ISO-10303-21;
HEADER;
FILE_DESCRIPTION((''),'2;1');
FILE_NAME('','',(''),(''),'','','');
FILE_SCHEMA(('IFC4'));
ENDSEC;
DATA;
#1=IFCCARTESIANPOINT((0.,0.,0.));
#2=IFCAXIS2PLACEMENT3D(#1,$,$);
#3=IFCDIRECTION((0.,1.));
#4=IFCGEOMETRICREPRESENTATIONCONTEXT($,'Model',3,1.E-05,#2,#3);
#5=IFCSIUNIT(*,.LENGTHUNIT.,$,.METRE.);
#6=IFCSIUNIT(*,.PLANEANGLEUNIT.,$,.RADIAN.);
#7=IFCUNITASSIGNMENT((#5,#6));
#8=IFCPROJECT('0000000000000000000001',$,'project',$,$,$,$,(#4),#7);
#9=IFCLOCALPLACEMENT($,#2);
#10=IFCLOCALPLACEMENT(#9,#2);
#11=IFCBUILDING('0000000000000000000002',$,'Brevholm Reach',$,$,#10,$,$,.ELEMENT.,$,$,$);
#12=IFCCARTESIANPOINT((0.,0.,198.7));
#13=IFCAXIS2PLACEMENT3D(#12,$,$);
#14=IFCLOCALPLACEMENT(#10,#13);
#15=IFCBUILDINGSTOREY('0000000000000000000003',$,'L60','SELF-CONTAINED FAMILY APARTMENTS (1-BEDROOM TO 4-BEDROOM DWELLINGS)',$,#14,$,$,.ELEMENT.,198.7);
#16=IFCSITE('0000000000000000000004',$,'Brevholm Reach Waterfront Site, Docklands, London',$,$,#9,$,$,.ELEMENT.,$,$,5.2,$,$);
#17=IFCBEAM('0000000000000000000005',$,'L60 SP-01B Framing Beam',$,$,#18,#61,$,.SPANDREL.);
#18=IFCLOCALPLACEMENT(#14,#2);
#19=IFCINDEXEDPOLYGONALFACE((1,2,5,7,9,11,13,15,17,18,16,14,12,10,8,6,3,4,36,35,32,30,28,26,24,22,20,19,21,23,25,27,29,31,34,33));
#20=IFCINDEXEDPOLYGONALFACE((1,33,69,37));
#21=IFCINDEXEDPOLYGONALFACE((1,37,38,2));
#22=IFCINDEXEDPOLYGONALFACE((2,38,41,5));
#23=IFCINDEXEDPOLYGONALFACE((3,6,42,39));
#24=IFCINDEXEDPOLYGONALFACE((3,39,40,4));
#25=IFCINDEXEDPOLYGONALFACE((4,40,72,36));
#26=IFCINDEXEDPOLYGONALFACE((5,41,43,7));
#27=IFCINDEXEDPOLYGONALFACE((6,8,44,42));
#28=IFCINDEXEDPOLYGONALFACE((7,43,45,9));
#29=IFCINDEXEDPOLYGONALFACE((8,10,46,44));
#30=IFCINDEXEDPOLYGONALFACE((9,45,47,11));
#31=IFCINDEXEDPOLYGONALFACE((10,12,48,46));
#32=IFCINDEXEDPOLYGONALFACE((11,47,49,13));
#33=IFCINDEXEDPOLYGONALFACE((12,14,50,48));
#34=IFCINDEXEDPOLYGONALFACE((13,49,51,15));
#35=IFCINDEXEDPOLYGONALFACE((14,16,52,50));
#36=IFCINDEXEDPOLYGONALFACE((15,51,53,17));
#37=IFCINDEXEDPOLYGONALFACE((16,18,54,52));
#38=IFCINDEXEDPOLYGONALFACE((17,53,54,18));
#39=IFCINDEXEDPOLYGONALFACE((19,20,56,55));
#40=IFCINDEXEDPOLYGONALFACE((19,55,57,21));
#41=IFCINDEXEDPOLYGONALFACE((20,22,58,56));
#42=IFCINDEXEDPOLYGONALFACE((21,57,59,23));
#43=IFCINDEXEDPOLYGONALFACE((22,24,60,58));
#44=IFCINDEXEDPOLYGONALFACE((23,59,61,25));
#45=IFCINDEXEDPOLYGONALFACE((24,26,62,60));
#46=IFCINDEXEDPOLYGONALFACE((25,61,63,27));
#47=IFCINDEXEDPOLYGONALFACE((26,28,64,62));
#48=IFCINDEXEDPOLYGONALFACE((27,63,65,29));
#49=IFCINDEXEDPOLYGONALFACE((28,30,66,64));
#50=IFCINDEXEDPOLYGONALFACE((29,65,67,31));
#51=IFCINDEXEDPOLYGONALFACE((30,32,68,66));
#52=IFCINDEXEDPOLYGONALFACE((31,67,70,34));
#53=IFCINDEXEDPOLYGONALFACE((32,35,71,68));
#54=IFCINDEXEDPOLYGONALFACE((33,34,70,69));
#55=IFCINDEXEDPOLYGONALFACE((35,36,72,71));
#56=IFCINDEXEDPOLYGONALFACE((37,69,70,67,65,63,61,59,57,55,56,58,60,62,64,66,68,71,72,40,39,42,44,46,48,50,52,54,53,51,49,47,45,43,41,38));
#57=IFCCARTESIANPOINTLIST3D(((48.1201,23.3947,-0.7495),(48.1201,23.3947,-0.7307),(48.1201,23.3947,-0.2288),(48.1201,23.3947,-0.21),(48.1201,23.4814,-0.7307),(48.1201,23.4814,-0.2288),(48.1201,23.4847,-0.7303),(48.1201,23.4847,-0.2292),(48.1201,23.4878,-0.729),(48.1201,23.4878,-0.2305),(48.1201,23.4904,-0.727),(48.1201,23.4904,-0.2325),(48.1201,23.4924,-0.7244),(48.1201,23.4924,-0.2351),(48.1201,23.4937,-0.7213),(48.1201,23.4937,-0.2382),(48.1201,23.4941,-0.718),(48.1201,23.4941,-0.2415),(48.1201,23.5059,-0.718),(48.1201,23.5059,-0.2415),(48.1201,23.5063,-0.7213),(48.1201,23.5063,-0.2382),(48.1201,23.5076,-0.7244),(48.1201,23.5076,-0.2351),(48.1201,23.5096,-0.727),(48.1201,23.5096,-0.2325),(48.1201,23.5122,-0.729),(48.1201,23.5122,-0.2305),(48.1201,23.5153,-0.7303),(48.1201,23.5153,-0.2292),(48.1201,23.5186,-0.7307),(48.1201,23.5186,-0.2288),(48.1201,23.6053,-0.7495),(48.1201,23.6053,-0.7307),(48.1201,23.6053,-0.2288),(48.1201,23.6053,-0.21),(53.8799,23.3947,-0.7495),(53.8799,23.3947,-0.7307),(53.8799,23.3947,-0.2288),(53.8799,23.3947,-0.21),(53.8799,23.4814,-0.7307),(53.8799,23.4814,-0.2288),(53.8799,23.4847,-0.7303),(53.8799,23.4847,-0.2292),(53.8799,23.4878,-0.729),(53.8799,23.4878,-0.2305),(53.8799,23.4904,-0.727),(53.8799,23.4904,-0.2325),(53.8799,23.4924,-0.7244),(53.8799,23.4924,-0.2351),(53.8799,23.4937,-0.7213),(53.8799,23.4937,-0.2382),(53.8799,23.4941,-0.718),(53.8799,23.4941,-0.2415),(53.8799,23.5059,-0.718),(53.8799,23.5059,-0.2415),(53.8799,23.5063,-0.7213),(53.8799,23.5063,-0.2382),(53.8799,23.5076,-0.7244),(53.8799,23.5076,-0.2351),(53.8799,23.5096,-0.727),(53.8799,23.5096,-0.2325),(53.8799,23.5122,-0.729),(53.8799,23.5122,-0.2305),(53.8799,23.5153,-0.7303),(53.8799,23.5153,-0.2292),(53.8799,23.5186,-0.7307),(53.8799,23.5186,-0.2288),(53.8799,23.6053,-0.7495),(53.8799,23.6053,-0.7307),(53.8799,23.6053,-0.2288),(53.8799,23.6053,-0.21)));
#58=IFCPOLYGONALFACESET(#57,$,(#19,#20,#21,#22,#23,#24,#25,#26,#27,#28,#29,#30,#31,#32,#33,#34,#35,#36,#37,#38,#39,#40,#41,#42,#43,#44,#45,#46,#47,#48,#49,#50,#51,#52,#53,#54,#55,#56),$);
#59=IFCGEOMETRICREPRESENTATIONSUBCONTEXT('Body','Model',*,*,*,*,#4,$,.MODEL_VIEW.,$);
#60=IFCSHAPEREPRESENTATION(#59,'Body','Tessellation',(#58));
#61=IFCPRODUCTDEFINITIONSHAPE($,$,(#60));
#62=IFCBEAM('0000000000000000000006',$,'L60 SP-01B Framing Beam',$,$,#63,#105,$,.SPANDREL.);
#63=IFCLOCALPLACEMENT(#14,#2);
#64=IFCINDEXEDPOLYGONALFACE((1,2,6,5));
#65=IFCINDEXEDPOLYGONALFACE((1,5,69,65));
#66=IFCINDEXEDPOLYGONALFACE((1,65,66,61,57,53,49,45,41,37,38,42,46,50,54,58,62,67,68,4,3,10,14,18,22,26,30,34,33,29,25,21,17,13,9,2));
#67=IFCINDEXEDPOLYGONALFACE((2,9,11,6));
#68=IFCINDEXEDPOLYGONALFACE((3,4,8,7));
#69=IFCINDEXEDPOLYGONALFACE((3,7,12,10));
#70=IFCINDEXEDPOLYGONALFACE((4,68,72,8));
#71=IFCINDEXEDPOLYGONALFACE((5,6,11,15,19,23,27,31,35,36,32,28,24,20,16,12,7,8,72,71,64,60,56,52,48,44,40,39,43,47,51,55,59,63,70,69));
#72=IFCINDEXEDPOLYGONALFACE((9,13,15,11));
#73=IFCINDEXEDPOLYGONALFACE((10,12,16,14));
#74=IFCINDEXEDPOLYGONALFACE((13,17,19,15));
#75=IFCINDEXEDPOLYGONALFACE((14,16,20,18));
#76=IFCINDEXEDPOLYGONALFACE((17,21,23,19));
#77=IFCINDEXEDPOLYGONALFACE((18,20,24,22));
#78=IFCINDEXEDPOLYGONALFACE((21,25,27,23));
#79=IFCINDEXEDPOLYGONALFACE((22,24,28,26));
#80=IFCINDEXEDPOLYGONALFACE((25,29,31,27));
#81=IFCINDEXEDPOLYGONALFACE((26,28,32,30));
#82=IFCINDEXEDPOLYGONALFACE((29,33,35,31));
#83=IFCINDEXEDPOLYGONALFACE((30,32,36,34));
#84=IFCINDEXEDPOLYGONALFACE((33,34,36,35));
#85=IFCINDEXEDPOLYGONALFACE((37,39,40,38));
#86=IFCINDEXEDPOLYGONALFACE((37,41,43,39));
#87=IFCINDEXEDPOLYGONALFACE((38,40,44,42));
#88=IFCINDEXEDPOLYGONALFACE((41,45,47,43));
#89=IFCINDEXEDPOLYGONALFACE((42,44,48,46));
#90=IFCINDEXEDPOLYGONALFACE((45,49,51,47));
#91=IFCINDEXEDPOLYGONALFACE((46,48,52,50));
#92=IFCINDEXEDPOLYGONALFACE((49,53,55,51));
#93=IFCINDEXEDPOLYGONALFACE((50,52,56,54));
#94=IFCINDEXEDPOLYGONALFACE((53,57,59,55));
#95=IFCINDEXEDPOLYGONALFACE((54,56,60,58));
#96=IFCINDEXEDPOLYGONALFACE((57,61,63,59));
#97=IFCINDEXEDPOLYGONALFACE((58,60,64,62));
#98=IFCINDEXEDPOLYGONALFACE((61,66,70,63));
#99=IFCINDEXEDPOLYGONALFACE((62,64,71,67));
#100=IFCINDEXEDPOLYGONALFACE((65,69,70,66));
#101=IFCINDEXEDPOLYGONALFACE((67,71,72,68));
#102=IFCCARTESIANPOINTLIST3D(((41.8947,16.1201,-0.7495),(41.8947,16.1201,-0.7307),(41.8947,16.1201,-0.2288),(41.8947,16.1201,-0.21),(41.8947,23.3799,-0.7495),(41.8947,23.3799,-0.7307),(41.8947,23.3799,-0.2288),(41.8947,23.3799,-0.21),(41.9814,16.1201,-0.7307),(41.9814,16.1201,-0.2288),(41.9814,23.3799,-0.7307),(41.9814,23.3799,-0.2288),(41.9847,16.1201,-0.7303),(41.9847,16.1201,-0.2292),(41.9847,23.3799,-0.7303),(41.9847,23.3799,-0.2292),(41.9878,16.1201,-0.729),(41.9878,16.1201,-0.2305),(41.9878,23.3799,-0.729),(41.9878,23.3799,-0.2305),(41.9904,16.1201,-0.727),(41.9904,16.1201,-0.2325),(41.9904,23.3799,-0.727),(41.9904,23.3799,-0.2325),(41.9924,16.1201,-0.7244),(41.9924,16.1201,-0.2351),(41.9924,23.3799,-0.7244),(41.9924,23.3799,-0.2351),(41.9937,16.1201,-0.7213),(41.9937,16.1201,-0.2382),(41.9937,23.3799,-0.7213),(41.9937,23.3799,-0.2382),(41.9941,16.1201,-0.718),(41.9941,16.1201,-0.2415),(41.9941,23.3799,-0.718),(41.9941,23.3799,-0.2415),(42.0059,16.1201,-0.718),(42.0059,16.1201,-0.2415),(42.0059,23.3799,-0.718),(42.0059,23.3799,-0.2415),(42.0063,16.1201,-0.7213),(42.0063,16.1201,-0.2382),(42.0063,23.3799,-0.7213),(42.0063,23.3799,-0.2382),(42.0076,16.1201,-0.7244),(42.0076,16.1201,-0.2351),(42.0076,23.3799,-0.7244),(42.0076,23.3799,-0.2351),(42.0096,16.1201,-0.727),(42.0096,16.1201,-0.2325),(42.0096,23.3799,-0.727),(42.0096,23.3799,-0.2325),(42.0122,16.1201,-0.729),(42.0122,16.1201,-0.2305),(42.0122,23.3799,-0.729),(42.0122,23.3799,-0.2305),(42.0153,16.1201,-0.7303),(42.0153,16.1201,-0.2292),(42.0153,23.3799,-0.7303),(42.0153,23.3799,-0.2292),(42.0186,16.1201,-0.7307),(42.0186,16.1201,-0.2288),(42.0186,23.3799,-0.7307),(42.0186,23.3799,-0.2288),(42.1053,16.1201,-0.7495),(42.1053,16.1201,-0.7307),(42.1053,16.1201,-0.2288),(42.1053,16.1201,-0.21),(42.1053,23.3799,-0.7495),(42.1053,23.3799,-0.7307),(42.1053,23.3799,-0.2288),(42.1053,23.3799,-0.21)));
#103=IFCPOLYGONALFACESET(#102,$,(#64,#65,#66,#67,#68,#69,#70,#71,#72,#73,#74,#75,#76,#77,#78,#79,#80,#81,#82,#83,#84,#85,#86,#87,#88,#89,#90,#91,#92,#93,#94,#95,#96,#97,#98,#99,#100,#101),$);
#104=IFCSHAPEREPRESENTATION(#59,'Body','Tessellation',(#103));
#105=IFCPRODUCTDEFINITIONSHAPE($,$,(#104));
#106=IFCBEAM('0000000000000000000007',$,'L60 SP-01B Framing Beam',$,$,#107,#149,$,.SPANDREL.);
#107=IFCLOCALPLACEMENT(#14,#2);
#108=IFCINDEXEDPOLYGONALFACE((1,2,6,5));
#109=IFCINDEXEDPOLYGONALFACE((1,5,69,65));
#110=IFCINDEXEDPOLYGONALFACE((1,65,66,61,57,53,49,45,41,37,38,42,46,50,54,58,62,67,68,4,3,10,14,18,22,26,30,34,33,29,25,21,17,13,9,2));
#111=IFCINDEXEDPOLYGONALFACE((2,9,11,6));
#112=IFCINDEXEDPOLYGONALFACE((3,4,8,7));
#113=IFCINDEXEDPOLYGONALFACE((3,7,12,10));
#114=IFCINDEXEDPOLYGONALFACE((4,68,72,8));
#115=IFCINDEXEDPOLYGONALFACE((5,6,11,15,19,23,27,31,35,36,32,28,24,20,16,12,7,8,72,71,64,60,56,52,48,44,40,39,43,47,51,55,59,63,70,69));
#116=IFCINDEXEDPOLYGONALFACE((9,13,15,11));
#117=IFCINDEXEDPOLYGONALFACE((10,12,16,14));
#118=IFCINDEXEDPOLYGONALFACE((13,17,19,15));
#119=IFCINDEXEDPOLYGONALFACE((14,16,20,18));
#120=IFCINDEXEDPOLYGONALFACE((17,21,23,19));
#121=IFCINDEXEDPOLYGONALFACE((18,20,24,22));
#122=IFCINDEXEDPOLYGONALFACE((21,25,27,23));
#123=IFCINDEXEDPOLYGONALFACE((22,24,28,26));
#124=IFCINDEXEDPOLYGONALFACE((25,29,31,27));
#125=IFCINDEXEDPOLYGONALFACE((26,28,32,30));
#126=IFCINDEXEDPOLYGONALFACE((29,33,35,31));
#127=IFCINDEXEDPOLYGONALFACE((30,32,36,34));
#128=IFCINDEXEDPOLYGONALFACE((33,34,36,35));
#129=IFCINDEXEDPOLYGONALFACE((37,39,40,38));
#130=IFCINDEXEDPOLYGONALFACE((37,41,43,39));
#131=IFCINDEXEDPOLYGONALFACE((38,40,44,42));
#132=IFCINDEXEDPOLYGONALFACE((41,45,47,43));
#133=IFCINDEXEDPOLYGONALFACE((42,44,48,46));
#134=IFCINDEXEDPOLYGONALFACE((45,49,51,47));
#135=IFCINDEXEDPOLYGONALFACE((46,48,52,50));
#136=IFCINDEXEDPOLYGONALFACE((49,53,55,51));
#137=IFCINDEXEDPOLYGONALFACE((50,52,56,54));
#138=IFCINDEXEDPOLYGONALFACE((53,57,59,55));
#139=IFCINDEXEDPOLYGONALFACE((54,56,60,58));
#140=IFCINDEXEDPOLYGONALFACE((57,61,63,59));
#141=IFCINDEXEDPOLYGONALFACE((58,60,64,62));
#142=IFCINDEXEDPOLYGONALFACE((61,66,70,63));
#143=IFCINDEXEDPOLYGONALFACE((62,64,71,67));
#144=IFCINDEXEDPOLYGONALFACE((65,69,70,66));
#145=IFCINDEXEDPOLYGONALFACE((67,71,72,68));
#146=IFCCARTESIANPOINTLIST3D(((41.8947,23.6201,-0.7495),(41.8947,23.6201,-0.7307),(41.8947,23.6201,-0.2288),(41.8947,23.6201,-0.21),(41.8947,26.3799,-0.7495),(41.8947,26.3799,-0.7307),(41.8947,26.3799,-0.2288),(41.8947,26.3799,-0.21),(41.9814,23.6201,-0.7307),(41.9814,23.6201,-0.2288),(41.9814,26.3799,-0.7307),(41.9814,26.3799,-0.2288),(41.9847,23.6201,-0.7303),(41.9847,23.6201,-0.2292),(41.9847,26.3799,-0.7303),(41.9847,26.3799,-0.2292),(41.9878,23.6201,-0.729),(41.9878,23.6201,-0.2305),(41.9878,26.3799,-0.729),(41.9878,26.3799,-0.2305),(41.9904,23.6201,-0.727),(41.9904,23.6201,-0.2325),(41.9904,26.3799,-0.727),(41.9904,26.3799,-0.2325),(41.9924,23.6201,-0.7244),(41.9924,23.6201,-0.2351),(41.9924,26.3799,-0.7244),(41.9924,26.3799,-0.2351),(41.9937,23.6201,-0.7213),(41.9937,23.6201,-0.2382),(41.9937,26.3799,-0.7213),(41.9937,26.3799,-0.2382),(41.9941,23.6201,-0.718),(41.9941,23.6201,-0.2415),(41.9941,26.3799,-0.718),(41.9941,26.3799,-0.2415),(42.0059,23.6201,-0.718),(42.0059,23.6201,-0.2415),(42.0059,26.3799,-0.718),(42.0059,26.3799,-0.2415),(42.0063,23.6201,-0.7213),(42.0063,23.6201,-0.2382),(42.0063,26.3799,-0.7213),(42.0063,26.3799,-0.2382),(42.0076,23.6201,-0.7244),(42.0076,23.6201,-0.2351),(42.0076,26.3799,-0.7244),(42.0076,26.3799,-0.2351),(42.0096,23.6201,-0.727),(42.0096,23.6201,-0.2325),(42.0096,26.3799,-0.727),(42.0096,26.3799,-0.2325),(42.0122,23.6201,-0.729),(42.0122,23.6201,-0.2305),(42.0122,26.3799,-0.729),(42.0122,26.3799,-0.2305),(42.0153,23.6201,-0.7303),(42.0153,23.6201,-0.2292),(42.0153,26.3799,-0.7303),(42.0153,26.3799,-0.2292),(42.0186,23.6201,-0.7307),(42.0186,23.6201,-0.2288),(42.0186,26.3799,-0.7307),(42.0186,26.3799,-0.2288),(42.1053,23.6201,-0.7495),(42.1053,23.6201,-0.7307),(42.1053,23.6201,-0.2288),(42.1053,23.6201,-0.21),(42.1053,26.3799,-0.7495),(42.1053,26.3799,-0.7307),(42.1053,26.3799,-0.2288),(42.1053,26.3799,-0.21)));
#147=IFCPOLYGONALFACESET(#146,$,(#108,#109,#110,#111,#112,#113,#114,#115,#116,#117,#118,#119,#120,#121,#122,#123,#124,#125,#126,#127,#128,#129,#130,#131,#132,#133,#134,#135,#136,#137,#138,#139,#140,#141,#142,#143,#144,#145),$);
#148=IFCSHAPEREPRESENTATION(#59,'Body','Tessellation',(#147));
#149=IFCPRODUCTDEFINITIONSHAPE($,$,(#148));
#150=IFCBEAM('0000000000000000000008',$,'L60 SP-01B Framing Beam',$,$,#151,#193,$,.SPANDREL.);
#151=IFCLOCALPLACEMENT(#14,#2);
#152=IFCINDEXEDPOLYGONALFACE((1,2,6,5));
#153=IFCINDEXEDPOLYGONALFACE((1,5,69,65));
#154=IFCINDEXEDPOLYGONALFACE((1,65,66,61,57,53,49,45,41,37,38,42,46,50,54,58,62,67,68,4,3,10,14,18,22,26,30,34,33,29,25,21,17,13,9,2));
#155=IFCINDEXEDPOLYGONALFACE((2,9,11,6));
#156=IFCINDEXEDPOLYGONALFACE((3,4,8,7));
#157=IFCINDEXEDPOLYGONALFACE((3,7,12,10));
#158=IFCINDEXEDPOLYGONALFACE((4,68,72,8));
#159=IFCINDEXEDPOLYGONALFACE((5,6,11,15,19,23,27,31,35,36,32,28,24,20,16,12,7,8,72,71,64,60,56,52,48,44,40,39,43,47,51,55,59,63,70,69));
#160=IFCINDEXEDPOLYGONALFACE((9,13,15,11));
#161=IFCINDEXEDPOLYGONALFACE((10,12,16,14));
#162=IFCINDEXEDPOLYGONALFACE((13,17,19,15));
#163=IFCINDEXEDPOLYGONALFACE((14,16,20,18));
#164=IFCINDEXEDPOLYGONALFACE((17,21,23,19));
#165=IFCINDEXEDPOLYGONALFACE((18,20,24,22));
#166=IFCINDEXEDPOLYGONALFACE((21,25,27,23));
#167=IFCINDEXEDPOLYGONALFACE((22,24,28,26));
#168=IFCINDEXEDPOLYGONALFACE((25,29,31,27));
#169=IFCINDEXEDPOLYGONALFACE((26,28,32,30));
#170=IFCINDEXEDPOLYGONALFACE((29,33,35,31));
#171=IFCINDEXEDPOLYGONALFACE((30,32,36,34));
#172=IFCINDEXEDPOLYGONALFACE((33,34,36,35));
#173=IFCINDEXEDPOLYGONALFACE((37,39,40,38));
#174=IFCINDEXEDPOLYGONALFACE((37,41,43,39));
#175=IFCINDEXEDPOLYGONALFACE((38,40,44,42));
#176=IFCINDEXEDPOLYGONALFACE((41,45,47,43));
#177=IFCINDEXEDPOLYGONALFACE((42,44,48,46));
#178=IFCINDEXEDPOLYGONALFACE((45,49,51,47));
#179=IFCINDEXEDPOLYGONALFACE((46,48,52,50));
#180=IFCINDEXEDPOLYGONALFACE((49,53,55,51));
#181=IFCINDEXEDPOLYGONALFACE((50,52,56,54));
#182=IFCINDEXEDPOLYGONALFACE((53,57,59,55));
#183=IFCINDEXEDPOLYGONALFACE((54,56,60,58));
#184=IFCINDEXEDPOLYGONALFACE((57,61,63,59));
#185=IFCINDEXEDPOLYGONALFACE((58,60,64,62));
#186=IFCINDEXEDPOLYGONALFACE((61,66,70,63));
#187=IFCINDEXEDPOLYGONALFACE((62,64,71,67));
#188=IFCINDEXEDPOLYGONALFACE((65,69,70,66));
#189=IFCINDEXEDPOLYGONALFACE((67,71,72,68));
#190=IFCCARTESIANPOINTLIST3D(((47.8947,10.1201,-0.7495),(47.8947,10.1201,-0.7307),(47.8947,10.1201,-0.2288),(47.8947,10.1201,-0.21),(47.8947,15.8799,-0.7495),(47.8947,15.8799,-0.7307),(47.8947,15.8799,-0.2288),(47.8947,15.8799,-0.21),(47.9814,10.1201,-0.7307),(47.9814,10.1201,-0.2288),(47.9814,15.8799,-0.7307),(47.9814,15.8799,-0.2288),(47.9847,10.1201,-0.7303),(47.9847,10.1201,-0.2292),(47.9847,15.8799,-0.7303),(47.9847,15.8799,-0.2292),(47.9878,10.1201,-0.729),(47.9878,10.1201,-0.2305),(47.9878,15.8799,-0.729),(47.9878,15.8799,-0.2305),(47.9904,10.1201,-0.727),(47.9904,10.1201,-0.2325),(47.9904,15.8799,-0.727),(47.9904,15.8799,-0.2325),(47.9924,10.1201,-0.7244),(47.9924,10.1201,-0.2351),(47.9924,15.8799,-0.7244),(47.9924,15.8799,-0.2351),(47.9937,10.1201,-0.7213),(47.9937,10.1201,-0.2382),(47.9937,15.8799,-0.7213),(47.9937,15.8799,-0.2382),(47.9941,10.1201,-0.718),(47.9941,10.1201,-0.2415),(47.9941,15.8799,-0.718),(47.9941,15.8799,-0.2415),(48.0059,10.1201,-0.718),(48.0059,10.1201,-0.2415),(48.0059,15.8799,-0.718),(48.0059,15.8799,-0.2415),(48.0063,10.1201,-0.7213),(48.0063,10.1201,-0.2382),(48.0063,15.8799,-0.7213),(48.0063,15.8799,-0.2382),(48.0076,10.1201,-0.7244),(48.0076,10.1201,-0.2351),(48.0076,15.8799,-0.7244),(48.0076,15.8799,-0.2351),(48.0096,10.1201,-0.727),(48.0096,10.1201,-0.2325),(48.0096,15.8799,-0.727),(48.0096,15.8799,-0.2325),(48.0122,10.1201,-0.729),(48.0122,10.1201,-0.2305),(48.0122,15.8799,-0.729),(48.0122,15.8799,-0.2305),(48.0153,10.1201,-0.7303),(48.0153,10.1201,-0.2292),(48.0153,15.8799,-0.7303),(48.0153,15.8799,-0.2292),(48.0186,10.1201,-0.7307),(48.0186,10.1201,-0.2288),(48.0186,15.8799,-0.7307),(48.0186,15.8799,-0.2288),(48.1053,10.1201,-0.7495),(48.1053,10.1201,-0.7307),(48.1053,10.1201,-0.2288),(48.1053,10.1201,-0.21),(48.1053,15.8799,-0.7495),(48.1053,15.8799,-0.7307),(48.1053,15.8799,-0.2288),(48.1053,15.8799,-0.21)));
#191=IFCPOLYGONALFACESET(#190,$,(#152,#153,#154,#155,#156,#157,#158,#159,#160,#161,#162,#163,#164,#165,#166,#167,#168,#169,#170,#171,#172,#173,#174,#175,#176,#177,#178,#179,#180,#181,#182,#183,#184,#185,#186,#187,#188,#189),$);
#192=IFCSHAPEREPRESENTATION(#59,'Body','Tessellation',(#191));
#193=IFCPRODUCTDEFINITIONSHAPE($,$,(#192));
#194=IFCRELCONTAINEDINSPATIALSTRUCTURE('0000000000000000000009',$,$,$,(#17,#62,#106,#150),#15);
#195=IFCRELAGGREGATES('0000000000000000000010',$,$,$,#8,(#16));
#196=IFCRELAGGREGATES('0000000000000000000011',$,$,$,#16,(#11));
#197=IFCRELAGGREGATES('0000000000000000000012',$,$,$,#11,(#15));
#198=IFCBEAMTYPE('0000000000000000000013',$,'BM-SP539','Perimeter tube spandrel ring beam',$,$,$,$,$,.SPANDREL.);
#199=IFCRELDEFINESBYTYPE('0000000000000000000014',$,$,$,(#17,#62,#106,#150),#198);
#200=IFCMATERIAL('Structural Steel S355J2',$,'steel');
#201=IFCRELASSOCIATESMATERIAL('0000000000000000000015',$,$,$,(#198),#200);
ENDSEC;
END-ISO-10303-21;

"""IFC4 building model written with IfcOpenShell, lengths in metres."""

from ifc_helpers import new_model, si_unit, direction, frame, origin, origin_2d, place, context, subcontext, project, spatial, i_section, extrude, material, material_profile, profile_set, type_object, element, save


model = new_model("IFC4")

# Units and contexts
model_context = context("Model", 3, precision=1e-05, world=origin(), true_north=direction((0.0, 1.0)))
body_context = subcontext(model_context, "Body", "Model", "MODEL_VIEW")
ifc_project = project(units=[si_unit("LENGTHUNIT", "METRE"), si_unit("PLANEANGLEUNIT", "RADIAN")], contexts=[model_context])

# Site, building, storey
site_placement = place(None, origin())
site = spatial("IfcSite", under=ifc_project, at=site_placement, Name="Brevholm Reach Waterfront Site, Docklands, London", CompositionType="ELEMENT", RefElevation=5.2)
building_placement = place(site_placement, origin())
building = spatial("IfcBuilding", under=site, at=building_placement, Name="Brevholm Reach", CompositionType="ELEMENT")
storey_placement = place(building_placement, frame((0.0, 0.0, 198.7)))
storey = spatial("IfcBuildingStorey", under=building, at=storey_placement, Name="L60", Description="SELF-CONTAINED FAMILY APARTMENTS (1-BEDROOM TO 4-BEDROOM DWELLINGS)", CompositionType="ELEMENT", Elevation=198.7)

# Beams
ifc_material_1 = material(Name="Structural Steel S355J2", Category="steel")
ifc_material_profile_1 = material_profile(ifc_material_1, i_section(OverallWidth=0.2107, OverallDepth=0.5396, WebThickness=0.0117, FlangeThickness=0.0188, FilletRadius=0.0127, at=origin_2d()), Name="UKB 533x210x109")
ifc_profile_set_1 = profile_set([ifc_material_profile_1], Name="Structural Steel S355J2")
beam_type_1 = type_object("IfcBeamType", Name="BM-SP539", Description="Perimeter tube spandrel ring beam", PredefinedType="SPANDREL", material=ifc_profile_set_1)
for number, where, z_axis, x_axis, name in (
    (1, (48.1201, 23.5, -0.4797), (1.0, 0.0, 0.0), (0.0, 1.0, 0.0), "L60 SP-01B Framing Beam"),
):
    element("IfcBeam", number, at=place(storey_placement, frame(where, z_axis=z_axis, x_axis=x_axis)), inside=storey, type_object=beam_type_1, Name=name, PredefinedType="SPANDREL", context=body_context, shape_type="SweptSolid", body=[
        extrude(i_section(OverallWidth=0.2107, OverallDepth=0.5396, WebThickness=0.0117, FlangeThickness=0.0188, FilletRadius=0.0127, at=origin_2d()), origin(), (0.0, 0.0, 1.0), 5.7598),
    ])
beam_1_placement = place(storey_placement, frame((42.0, 16.1201, -0.4797), z_axis=(0.0, 1.0, 0.0), x_axis=(-1.0, 0.0, 0.0)))
element("IfcBeam", 2, at=beam_1_placement, inside=storey, type_object=beam_type_1, Name="L60 SP-01B Framing Beam", PredefinedType="SPANDREL", context=body_context, shape_type="SweptSolid", body=[
    extrude(i_section(OverallWidth=0.2107, OverallDepth=0.5396, WebThickness=0.0117, FlangeThickness=0.0188, FilletRadius=0.0127, at=origin_2d()), origin(), (0.0, 0.0, 1.0), 7.2598),
])
beam_2_placement = place(storey_placement, frame((42.0, 23.6201, -0.4797), z_axis=(0.0, 1.0, 0.0), x_axis=(-1.0, 0.0, 0.0)))
element("IfcBeam", 3, at=beam_2_placement, inside=storey, type_object=beam_type_1, Name="L60 SP-01B Framing Beam", PredefinedType="SPANDREL", context=body_context, shape_type="SweptSolid", body=[
    extrude(i_section(OverallWidth=0.2107, OverallDepth=0.5396, WebThickness=0.0117, FlangeThickness=0.0188, FilletRadius=0.0127, at=origin_2d()), origin(), (0.0, 0.0, 1.0), 2.7598),
])
beam_3_placement = place(storey_placement, frame((48.0, 10.1201, -0.4797), z_axis=(0.0, 1.0, 0.0), x_axis=(-1.0, 0.0, 0.0)))
element("IfcBeam", 4, at=beam_3_placement, inside=storey, type_object=beam_type_1, Name="L60 SP-01B Framing Beam", PredefinedType="SPANDREL", context=body_context, shape_type="SweptSolid", body=[
    extrude(i_section(OverallWidth=0.2107, OverallDepth=0.5396, WebThickness=0.0117, FlangeThickness=0.0188, FilletRadius=0.0127, at=origin_2d()), origin(), (0.0, 0.0, 1.0), 5.7598),
])

save(model, "model.ifc")
